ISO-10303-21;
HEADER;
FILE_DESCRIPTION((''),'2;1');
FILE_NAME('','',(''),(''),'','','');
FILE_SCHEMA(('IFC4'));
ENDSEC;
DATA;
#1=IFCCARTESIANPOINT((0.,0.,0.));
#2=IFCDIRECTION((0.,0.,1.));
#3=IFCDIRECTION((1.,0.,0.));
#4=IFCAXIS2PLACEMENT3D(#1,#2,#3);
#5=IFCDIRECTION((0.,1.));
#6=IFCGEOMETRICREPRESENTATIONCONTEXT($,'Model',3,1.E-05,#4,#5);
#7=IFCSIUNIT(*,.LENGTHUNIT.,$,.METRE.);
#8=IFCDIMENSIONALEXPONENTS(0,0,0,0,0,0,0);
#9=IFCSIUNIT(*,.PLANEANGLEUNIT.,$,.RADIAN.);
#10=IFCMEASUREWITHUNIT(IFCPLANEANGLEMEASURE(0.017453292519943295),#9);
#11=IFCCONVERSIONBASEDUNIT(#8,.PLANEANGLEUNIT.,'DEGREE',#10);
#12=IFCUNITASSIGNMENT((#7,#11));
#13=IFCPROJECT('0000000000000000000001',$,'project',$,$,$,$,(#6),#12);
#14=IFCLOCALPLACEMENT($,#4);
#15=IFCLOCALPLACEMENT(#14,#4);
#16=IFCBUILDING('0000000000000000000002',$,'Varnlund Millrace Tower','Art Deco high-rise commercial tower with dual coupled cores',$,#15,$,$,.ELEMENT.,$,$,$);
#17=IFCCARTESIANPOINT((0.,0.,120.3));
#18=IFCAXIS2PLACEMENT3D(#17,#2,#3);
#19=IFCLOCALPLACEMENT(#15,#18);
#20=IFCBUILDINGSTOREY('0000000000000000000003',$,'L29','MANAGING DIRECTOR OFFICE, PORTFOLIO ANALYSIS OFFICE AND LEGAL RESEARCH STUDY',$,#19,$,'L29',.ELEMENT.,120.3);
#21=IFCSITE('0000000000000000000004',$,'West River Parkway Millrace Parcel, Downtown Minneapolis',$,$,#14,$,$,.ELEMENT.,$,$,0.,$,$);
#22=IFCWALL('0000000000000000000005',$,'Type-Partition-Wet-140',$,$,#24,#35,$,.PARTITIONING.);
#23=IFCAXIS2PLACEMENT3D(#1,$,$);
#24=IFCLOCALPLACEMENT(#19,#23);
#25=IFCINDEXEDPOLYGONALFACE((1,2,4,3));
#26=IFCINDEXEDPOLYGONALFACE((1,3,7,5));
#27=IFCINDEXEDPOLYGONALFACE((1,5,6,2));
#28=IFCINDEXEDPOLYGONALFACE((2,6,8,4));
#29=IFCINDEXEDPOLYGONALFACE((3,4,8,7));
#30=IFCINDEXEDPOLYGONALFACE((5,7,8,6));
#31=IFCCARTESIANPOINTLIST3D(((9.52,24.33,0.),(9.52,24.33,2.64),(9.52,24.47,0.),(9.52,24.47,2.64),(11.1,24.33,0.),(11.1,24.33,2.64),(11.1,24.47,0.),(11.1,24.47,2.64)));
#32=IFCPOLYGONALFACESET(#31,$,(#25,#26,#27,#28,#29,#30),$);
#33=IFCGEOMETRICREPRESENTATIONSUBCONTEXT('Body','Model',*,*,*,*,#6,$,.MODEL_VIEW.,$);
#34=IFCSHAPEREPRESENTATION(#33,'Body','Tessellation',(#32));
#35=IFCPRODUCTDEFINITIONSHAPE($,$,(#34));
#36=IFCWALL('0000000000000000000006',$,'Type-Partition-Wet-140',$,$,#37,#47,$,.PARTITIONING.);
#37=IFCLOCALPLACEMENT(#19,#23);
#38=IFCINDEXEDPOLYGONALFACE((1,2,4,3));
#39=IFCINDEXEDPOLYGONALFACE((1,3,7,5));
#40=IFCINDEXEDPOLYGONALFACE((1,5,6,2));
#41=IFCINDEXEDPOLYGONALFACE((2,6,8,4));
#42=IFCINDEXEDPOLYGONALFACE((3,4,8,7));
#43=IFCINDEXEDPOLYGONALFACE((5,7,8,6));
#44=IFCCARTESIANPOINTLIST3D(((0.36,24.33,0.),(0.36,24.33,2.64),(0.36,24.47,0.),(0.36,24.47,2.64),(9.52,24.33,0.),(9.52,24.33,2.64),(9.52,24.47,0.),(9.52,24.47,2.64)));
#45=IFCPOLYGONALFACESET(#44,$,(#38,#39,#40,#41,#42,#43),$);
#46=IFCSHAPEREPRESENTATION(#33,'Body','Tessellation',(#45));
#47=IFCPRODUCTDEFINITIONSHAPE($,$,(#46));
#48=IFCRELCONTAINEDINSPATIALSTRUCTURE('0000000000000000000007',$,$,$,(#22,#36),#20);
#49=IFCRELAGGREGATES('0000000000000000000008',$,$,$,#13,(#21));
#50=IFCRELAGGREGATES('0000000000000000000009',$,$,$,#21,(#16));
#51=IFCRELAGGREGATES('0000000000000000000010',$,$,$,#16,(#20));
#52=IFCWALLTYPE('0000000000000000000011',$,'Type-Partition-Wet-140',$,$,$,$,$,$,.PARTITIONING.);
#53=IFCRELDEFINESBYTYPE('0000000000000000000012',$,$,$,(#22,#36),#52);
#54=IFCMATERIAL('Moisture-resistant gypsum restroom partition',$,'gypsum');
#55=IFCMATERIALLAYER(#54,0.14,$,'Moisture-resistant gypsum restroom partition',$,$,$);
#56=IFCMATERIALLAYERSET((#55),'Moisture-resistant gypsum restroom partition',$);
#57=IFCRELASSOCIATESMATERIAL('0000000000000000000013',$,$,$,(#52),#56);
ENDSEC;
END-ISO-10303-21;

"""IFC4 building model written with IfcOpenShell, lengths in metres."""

from ifc_helpers import new_model, entity, si_unit, converted_unit, direction, frame, origin_with_axes, place, context, subcontext, project, spatial, polyline, outline, extrude, material, layer, layer_set, type_object, element, save


model = new_model("IFC4")

# Units and contexts
model_context = context("Model", 3, precision=1e-05, world=origin_with_axes(), true_north=direction((0.0, 1.0)))
body_context = subcontext(model_context, "Body", "Model", "MODEL_VIEW")
ifc_project = project(units=[si_unit("LENGTHUNIT", "METRE"), converted_unit("PLANEANGLEUNIT", "DEGREE", entity("IfcPlaneAngleMeasure", 0.017453292519943295), si_unit("PLANEANGLEUNIT", "RADIAN"), dimensions=[0, 0, 0, 0, 0, 0, 0])], contexts=[model_context])

# Site, building, storey
site_placement = place(None, origin_with_axes())
site = spatial("IfcSite", under=ifc_project, at=site_placement, Name="West River Parkway Millrace Parcel, Downtown Minneapolis", CompositionType="ELEMENT", RefElevation=0.0)
building_placement = place(site_placement, origin_with_axes())
building = spatial("IfcBuilding", under=site, at=building_placement, Name="Varnlund Millrace Tower", Description="Art Deco high-rise commercial tower with dual coupled cores", CompositionType="ELEMENT")
storey_placement = place(building_placement, frame((0.0, 0.0, 120.3), z_axis=(0.0, 0.0, 1.0), x_axis=(1.0, 0.0, 0.0)))
storey = spatial("IfcBuildingStorey", under=building, at=storey_placement, Name="L29", Description="MANAGING DIRECTOR OFFICE, PORTFOLIO ANALYSIS OFFICE AND LEGAL RESEARCH STUDY", LongName="L29", CompositionType="ELEMENT", Elevation=120.3)

# Walls
ifc_material_1 = material(Name="Moisture-resistant gypsum restroom partition", Category="gypsum")
ifc_layer_1 = layer(ifc_material_1, 0.14, Name="Moisture-resistant gypsum restroom partition")
ifc_layer_set_1 = layer_set([ifc_layer_1], Name="Moisture-resistant gypsum restroom partition")
wall_type_1 = type_object("IfcWallType", Name="Type-Partition-Wet-140", PredefinedType="PARTITIONING", material=ifc_layer_set_1)
wall_1_placement = place(storey_placement, frame((9.52, 24.4, 0.0), z_axis=(0.0, 0.0, 1.0), x_axis=(1.0, 0.0, 0.0)))
element("IfcWall", 1, at=wall_1_placement, inside=storey, type_object=wall_type_1, Name="Type-Partition-Wet-140", PredefinedType="PARTITIONING", context=body_context, shape_type="SweptSolid", body=[
    extrude(outline(polyline([(0.0, -0.07), (1.58, -0.07), (1.58, 0.07), (0.0, 0.07), (0.0, -0.07)])), origin_with_axes(), (0.0, 0.0, 1.0), 2.64),
])
wall_2_placement = place(storey_placement, frame((0.36, 24.4, 0.0), z_axis=(0.0, 0.0, 1.0), x_axis=(1.0, 0.0, 0.0)))
element("IfcWall", 2, at=wall_2_placement, inside=storey, type_object=wall_type_1, Name="Type-Partition-Wet-140", PredefinedType="PARTITIONING", context=body_context, shape_type="SweptSolid", body=[
    extrude(outline(polyline([(0.0, -0.07), (9.16, -0.07), (9.16, 0.07), (0.0, 0.07), (0.0, -0.07)])), origin_with_axes(), (0.0, 0.0, 1.0), 2.64),
])

save(model, "model.ifc")
